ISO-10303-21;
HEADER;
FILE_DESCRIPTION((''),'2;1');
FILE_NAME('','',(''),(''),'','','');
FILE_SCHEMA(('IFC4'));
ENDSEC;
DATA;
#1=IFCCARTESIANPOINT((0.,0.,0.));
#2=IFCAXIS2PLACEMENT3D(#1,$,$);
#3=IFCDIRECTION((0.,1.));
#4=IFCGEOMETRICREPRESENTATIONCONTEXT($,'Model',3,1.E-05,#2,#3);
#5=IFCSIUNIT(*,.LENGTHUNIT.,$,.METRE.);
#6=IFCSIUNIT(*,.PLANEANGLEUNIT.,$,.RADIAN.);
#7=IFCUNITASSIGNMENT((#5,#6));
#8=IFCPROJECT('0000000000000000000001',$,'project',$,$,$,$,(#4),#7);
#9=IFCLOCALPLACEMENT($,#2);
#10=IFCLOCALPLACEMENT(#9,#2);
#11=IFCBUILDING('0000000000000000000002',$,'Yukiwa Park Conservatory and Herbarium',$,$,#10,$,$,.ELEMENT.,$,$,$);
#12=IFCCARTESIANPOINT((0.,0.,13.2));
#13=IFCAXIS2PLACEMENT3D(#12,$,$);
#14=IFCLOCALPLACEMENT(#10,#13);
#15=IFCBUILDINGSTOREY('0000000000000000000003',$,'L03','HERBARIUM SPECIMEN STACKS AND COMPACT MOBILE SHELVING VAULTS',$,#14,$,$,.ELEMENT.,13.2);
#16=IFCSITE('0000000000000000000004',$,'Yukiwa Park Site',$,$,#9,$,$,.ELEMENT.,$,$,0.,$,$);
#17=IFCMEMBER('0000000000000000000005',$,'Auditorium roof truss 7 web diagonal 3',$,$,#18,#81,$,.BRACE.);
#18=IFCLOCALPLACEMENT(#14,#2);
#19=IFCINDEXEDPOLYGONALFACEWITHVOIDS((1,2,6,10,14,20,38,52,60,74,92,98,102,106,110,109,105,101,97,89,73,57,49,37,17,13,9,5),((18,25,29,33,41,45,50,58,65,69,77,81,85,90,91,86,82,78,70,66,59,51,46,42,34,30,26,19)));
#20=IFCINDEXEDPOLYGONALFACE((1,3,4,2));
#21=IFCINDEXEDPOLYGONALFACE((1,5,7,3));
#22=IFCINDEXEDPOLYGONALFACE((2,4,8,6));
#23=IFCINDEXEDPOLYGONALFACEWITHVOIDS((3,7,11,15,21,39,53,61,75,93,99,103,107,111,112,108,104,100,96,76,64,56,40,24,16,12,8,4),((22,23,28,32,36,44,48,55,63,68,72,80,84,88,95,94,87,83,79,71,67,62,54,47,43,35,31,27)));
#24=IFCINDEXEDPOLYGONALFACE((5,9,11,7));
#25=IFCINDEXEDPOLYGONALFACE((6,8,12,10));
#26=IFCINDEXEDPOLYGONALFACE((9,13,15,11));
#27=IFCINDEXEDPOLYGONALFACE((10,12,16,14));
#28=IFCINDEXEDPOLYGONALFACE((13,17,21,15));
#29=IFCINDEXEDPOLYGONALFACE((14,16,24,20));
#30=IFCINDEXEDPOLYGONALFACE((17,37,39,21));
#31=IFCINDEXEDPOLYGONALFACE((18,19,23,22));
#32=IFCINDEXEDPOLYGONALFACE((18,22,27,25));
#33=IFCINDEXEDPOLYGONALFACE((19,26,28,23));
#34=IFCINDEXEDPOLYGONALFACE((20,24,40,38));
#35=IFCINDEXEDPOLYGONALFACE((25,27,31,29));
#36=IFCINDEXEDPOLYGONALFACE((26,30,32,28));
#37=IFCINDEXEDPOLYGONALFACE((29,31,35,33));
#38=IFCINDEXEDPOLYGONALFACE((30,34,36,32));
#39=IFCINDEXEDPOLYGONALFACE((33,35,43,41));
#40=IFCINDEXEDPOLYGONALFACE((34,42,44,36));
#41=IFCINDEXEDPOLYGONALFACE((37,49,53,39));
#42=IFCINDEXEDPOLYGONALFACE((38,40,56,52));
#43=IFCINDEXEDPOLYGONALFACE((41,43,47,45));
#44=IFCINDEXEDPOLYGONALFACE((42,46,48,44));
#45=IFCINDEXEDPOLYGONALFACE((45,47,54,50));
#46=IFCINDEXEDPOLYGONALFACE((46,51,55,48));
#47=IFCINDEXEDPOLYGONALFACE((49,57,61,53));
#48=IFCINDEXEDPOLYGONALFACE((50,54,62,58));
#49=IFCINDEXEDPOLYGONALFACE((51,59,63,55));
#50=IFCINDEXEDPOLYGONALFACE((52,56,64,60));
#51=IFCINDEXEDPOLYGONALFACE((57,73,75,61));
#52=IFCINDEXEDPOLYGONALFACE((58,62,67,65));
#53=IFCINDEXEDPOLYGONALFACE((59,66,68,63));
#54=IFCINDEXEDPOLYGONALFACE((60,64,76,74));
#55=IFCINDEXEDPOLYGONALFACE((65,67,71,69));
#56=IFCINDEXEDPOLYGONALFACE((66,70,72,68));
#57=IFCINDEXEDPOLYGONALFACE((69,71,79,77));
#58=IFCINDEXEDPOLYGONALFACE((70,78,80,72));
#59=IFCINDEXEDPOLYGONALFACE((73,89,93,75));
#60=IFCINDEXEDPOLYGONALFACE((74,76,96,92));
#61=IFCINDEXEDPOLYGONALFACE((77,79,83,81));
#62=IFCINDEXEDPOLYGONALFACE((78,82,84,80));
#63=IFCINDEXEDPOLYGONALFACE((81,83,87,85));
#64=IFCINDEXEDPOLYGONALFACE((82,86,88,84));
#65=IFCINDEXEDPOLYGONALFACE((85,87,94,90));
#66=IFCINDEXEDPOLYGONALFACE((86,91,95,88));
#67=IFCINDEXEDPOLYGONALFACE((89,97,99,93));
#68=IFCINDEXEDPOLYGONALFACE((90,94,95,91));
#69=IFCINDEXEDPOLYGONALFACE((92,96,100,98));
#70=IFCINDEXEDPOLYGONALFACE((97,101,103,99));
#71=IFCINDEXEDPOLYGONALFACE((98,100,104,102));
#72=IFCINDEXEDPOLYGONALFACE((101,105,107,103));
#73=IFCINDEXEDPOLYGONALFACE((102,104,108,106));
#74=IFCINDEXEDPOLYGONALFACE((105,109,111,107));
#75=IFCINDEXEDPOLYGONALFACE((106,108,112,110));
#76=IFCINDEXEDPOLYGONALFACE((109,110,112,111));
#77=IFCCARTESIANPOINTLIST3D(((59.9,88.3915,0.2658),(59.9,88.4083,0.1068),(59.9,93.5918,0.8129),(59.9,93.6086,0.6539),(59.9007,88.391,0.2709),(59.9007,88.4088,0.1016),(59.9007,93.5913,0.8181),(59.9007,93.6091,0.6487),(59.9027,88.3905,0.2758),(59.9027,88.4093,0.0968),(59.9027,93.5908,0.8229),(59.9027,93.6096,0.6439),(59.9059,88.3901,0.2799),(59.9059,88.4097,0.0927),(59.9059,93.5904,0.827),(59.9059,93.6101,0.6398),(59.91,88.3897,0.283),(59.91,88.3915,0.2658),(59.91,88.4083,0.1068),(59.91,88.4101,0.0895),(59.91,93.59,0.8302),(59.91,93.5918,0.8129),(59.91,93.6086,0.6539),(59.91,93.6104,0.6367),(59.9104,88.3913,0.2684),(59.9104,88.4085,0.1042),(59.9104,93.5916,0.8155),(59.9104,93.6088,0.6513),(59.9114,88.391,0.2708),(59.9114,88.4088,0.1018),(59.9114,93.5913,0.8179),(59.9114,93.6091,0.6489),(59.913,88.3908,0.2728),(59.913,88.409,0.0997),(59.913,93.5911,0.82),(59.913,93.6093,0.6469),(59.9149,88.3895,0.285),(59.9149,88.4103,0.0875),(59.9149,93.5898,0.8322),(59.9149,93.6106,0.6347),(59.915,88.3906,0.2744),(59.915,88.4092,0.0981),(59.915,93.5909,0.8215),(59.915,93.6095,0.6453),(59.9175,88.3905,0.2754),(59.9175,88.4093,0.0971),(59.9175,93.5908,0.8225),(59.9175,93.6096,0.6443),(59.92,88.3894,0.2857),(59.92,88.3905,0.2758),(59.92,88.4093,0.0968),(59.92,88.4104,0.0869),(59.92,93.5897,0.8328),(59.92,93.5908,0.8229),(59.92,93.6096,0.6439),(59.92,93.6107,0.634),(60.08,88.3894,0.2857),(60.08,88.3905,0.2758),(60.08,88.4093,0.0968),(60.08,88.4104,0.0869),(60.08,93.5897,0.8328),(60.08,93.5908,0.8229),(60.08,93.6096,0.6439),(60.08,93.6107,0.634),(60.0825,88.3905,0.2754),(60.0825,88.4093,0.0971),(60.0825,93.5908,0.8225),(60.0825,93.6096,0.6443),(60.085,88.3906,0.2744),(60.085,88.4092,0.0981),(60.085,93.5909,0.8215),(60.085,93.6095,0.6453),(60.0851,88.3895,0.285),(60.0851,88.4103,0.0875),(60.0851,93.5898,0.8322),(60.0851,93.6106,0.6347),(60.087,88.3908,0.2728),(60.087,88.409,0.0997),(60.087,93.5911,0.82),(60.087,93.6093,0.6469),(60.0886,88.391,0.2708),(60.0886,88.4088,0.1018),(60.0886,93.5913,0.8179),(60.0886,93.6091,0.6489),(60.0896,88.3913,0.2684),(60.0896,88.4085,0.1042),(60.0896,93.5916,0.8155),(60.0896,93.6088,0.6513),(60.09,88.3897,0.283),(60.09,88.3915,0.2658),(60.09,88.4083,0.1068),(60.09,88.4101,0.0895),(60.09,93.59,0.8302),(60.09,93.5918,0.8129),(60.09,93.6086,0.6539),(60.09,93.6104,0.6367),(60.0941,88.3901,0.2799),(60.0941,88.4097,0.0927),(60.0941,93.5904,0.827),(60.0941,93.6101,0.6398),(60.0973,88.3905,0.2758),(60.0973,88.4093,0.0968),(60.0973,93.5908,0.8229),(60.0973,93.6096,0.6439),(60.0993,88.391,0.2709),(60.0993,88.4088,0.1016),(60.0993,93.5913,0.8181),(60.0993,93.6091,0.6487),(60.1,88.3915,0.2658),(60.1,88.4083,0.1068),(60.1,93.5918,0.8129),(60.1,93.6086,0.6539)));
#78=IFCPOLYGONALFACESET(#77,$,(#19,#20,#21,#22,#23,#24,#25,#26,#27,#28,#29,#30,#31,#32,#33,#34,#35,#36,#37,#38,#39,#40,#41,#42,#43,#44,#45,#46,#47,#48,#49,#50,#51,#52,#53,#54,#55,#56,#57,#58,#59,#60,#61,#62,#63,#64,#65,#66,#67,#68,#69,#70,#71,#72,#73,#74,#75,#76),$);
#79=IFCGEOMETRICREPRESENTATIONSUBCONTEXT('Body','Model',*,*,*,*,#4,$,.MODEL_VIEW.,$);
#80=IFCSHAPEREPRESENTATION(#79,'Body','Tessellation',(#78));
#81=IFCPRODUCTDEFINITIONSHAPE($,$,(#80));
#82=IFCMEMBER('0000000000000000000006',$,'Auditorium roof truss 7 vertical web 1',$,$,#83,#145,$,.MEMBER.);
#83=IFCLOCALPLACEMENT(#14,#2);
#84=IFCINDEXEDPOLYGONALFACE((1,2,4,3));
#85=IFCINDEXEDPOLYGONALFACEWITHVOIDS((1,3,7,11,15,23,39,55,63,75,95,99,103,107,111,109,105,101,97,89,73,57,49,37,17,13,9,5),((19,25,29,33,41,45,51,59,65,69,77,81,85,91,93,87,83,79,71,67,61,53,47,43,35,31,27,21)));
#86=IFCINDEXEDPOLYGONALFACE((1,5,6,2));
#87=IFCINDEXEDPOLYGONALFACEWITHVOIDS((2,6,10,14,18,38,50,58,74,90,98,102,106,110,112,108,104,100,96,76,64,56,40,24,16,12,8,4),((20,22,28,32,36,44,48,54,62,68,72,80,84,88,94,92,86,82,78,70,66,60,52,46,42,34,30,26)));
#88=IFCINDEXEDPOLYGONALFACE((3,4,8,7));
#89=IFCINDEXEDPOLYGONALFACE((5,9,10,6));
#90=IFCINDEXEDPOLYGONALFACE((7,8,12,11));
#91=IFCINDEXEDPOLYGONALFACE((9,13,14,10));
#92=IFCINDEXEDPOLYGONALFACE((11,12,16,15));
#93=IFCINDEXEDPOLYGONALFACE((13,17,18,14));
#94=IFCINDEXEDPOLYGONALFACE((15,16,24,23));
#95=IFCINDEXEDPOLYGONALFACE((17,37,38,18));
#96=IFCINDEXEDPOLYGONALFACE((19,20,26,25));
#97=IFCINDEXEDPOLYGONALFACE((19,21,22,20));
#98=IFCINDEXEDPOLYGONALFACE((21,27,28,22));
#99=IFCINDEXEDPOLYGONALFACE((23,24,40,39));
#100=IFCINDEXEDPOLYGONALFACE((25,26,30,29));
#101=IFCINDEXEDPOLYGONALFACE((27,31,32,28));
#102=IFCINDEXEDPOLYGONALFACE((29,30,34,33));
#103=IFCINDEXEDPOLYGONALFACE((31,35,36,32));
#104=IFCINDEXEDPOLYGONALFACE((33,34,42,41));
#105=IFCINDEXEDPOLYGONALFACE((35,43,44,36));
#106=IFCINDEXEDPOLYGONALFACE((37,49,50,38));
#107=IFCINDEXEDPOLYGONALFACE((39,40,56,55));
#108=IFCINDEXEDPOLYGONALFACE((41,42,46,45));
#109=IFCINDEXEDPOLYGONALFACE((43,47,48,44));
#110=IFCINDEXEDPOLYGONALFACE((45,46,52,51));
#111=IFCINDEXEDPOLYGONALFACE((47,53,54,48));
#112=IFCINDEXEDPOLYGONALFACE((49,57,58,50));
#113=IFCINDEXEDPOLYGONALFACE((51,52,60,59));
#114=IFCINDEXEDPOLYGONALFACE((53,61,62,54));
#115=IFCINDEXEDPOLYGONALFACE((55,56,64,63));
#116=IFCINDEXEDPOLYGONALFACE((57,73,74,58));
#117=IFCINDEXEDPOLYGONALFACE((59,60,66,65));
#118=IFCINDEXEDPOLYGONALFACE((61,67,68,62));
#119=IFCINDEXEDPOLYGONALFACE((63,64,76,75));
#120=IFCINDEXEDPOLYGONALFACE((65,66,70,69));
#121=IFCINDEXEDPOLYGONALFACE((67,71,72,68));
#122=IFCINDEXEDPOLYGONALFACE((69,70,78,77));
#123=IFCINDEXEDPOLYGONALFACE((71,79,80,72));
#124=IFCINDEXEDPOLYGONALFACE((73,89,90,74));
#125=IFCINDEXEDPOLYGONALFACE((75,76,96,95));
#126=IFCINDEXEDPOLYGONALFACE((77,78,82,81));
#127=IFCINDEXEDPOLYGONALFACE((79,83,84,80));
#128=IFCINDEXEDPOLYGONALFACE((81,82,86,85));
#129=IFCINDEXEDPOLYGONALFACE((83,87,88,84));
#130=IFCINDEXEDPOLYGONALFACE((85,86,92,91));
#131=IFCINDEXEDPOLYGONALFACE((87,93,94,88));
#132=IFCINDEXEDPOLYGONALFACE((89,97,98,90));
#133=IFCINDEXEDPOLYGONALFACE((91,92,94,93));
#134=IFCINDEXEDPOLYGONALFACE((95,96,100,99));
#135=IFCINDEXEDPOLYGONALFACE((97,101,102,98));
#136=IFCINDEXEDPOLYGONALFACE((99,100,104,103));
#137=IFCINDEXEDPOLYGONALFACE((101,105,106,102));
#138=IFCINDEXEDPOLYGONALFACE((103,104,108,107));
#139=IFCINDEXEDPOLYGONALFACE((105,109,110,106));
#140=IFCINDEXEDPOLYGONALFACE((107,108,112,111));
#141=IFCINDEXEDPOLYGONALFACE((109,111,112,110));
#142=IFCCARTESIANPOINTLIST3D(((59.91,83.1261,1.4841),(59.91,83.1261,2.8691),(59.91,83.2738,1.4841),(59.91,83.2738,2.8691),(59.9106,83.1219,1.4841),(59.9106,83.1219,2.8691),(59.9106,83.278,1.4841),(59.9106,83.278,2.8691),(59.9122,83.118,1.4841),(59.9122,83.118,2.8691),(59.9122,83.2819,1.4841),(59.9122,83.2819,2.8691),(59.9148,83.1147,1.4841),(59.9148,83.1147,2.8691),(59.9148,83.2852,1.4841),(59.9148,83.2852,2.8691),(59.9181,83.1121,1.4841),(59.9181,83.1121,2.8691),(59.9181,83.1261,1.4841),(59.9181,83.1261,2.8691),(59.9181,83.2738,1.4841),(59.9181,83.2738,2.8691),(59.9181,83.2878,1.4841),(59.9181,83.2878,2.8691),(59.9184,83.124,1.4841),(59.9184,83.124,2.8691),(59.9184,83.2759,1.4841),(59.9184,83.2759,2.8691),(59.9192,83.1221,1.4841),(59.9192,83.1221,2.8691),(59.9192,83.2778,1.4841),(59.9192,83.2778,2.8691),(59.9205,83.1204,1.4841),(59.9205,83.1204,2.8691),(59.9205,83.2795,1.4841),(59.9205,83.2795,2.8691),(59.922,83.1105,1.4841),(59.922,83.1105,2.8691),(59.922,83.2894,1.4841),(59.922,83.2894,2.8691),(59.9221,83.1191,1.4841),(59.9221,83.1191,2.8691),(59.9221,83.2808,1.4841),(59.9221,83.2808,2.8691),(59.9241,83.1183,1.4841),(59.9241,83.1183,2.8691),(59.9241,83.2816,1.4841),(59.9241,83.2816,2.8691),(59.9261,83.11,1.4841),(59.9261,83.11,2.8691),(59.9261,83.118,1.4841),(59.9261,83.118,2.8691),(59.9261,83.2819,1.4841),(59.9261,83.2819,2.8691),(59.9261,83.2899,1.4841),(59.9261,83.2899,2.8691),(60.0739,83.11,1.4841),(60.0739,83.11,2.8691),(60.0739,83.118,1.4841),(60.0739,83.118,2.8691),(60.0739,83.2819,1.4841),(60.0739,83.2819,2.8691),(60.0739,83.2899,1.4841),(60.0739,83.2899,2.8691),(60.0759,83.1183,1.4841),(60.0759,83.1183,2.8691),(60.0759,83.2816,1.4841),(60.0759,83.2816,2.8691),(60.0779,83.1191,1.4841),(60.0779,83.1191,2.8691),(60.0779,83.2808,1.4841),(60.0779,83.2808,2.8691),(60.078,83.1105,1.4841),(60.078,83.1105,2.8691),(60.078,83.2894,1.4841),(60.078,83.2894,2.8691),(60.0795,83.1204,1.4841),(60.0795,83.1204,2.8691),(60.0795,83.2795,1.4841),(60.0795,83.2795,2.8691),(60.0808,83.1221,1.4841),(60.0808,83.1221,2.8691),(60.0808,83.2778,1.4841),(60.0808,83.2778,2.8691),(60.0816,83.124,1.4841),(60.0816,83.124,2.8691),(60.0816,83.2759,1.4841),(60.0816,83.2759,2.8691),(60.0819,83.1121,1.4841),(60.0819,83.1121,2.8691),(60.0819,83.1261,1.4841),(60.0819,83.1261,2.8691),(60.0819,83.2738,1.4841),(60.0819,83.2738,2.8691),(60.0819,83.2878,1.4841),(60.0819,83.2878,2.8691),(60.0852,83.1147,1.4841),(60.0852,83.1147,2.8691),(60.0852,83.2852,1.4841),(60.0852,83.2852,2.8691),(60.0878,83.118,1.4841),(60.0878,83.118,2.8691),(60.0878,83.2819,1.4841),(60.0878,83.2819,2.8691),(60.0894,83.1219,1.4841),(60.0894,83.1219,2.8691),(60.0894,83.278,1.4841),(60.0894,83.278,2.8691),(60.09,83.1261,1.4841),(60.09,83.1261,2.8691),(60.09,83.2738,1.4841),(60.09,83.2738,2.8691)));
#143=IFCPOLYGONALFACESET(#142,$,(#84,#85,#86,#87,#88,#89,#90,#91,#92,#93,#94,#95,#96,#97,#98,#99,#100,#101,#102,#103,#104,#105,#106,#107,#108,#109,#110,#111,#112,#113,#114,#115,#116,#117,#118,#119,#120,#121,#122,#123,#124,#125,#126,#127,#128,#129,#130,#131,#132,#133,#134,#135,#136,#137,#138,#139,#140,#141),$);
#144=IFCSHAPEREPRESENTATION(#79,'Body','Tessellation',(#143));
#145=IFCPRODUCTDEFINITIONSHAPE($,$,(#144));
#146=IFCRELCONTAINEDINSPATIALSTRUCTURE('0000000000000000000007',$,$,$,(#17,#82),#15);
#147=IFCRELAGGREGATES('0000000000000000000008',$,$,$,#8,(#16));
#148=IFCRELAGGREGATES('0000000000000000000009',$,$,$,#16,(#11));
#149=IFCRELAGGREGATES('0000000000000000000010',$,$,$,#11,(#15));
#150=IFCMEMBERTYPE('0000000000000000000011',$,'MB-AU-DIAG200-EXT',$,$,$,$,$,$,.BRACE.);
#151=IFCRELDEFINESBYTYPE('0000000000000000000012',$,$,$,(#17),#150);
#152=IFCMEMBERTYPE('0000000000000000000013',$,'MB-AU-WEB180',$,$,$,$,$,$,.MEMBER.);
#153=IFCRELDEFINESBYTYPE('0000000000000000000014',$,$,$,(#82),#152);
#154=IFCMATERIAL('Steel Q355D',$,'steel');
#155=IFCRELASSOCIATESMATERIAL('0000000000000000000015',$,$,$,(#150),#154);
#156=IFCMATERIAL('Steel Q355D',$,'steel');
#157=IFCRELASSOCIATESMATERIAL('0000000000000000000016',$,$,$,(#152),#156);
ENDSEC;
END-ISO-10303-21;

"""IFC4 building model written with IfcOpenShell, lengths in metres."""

from ifc_helpers import new_model, si_unit, direction, frame, origin, origin_2d, place, context, subcontext, project, spatial, hollow_rectangle, extrude, material, material_profile, profile_set, type_object, element, save


model = new_model("IFC4")

# Units and contexts
model_context = context("Model", 3, precision=1e-05, world=origin(), true_north=direction((0.0, 1.0)))
body_context = subcontext(model_context, "Body", "Model", "MODEL_VIEW")
ifc_project = project(units=[si_unit("LENGTHUNIT", "METRE"), si_unit("PLANEANGLEUNIT", "RADIAN")], contexts=[model_context])

# Site, building, storey
site_placement = place(None, origin())
site = spatial("IfcSite", under=ifc_project, at=site_placement, Name="Yukiwa Park Site", CompositionType="ELEMENT", RefElevation=0.0)
building_placement = place(site_placement, origin())
building = spatial("IfcBuilding", under=site, at=building_placement, Name="Yukiwa Park Conservatory and Herbarium", CompositionType="ELEMENT")
storey_placement = place(building_placement, frame((0.0, 0.0, 13.2)))
storey = spatial("IfcBuildingStorey", under=building, at=storey_placement, Name="L03", Description="HERBARIUM SPECIMEN STACKS AND COMPACT MOBILE SHELVING VAULTS", CompositionType="ELEMENT", Elevation=13.2)

# Members
ifc_material_1 = material(Name="Steel Q355D", Category="steel")
ifc_material_profile_1 = material_profile(ifc_material_1, hollow_rectangle(XDim=0.2, YDim=0.2, WallThickness=0.01, InnerFilletRadius=0.01, OuterFilletRadius=0.02, at=origin_2d()), Name="SHS 200x200x10")
ifc_profile_set_1 = profile_set([ifc_material_profile_1], Name="Steel Q355D")
member_type_1 = type_object("IfcMemberType", Name="MB-AU-DIAG200-EXT", PredefinedType="BRACE", material=ifc_profile_set_1)
member_1_placement = place(storey_placement, frame((60.0, 88.3999, 0.1863), z_axis=(0.0, 0.994511, 0.104634), x_axis=(-1.0, 0.0, 0.0)))
element("IfcMember", 1, at=member_1_placement, inside=storey, type_object=member_type_1, Name="Auditorium roof truss 7 web diagonal 3", PredefinedType="BRACE", context=body_context, shape_type="SweptSolid", body=[
    extrude(hollow_rectangle(XDim=0.2, YDim=0.2, WallThickness=0.01, InnerFilletRadius=0.01, OuterFilletRadius=0.02, at=origin_2d()), origin(), (0.0, 0.0, 1.0), 5.229),
])
ifc_material_2 = material(Name="Steel Q355D", Category="steel")
ifc_material_profile_2 = material_profile(ifc_material_2, hollow_rectangle(XDim=0.1799, YDim=0.1799, WallThickness=0.0081, InnerFilletRadius=0.0081, OuterFilletRadius=0.0161, at=origin_2d()), Name="SHS 180x180x8")
ifc_profile_set_2 = profile_set([ifc_material_profile_2], Name="Steel Q355D")
member_type_2 = type_object("IfcMemberType", Name="MB-AU-WEB180", PredefinedType="MEMBER", material=ifc_profile_set_2)
for number, where, z_axis, x_axis, name in (
    (2, (60.0, 83.2, 1.4841), (0.0, 0.0, 1.0), (1.0, 0.0, 0.0), "Auditorium roof truss 7 vertical web 1"),
):
    element("IfcMember", number, at=place(storey_placement, frame(where, z_axis=z_axis, x_axis=x_axis)), inside=storey, type_object=member_type_2, Name=name, PredefinedType="MEMBER", context=body_context, shape_type="SweptSolid", body=[
        extrude(hollow_rectangle(XDim=0.1799, YDim=0.1799, WallThickness=0.0081, InnerFilletRadius=0.0081, OuterFilletRadius=0.0161, at=origin_2d()), origin(), (0.0, 0.0, 1.0), 1.385),
    ])

save(model, "model.ifc")
